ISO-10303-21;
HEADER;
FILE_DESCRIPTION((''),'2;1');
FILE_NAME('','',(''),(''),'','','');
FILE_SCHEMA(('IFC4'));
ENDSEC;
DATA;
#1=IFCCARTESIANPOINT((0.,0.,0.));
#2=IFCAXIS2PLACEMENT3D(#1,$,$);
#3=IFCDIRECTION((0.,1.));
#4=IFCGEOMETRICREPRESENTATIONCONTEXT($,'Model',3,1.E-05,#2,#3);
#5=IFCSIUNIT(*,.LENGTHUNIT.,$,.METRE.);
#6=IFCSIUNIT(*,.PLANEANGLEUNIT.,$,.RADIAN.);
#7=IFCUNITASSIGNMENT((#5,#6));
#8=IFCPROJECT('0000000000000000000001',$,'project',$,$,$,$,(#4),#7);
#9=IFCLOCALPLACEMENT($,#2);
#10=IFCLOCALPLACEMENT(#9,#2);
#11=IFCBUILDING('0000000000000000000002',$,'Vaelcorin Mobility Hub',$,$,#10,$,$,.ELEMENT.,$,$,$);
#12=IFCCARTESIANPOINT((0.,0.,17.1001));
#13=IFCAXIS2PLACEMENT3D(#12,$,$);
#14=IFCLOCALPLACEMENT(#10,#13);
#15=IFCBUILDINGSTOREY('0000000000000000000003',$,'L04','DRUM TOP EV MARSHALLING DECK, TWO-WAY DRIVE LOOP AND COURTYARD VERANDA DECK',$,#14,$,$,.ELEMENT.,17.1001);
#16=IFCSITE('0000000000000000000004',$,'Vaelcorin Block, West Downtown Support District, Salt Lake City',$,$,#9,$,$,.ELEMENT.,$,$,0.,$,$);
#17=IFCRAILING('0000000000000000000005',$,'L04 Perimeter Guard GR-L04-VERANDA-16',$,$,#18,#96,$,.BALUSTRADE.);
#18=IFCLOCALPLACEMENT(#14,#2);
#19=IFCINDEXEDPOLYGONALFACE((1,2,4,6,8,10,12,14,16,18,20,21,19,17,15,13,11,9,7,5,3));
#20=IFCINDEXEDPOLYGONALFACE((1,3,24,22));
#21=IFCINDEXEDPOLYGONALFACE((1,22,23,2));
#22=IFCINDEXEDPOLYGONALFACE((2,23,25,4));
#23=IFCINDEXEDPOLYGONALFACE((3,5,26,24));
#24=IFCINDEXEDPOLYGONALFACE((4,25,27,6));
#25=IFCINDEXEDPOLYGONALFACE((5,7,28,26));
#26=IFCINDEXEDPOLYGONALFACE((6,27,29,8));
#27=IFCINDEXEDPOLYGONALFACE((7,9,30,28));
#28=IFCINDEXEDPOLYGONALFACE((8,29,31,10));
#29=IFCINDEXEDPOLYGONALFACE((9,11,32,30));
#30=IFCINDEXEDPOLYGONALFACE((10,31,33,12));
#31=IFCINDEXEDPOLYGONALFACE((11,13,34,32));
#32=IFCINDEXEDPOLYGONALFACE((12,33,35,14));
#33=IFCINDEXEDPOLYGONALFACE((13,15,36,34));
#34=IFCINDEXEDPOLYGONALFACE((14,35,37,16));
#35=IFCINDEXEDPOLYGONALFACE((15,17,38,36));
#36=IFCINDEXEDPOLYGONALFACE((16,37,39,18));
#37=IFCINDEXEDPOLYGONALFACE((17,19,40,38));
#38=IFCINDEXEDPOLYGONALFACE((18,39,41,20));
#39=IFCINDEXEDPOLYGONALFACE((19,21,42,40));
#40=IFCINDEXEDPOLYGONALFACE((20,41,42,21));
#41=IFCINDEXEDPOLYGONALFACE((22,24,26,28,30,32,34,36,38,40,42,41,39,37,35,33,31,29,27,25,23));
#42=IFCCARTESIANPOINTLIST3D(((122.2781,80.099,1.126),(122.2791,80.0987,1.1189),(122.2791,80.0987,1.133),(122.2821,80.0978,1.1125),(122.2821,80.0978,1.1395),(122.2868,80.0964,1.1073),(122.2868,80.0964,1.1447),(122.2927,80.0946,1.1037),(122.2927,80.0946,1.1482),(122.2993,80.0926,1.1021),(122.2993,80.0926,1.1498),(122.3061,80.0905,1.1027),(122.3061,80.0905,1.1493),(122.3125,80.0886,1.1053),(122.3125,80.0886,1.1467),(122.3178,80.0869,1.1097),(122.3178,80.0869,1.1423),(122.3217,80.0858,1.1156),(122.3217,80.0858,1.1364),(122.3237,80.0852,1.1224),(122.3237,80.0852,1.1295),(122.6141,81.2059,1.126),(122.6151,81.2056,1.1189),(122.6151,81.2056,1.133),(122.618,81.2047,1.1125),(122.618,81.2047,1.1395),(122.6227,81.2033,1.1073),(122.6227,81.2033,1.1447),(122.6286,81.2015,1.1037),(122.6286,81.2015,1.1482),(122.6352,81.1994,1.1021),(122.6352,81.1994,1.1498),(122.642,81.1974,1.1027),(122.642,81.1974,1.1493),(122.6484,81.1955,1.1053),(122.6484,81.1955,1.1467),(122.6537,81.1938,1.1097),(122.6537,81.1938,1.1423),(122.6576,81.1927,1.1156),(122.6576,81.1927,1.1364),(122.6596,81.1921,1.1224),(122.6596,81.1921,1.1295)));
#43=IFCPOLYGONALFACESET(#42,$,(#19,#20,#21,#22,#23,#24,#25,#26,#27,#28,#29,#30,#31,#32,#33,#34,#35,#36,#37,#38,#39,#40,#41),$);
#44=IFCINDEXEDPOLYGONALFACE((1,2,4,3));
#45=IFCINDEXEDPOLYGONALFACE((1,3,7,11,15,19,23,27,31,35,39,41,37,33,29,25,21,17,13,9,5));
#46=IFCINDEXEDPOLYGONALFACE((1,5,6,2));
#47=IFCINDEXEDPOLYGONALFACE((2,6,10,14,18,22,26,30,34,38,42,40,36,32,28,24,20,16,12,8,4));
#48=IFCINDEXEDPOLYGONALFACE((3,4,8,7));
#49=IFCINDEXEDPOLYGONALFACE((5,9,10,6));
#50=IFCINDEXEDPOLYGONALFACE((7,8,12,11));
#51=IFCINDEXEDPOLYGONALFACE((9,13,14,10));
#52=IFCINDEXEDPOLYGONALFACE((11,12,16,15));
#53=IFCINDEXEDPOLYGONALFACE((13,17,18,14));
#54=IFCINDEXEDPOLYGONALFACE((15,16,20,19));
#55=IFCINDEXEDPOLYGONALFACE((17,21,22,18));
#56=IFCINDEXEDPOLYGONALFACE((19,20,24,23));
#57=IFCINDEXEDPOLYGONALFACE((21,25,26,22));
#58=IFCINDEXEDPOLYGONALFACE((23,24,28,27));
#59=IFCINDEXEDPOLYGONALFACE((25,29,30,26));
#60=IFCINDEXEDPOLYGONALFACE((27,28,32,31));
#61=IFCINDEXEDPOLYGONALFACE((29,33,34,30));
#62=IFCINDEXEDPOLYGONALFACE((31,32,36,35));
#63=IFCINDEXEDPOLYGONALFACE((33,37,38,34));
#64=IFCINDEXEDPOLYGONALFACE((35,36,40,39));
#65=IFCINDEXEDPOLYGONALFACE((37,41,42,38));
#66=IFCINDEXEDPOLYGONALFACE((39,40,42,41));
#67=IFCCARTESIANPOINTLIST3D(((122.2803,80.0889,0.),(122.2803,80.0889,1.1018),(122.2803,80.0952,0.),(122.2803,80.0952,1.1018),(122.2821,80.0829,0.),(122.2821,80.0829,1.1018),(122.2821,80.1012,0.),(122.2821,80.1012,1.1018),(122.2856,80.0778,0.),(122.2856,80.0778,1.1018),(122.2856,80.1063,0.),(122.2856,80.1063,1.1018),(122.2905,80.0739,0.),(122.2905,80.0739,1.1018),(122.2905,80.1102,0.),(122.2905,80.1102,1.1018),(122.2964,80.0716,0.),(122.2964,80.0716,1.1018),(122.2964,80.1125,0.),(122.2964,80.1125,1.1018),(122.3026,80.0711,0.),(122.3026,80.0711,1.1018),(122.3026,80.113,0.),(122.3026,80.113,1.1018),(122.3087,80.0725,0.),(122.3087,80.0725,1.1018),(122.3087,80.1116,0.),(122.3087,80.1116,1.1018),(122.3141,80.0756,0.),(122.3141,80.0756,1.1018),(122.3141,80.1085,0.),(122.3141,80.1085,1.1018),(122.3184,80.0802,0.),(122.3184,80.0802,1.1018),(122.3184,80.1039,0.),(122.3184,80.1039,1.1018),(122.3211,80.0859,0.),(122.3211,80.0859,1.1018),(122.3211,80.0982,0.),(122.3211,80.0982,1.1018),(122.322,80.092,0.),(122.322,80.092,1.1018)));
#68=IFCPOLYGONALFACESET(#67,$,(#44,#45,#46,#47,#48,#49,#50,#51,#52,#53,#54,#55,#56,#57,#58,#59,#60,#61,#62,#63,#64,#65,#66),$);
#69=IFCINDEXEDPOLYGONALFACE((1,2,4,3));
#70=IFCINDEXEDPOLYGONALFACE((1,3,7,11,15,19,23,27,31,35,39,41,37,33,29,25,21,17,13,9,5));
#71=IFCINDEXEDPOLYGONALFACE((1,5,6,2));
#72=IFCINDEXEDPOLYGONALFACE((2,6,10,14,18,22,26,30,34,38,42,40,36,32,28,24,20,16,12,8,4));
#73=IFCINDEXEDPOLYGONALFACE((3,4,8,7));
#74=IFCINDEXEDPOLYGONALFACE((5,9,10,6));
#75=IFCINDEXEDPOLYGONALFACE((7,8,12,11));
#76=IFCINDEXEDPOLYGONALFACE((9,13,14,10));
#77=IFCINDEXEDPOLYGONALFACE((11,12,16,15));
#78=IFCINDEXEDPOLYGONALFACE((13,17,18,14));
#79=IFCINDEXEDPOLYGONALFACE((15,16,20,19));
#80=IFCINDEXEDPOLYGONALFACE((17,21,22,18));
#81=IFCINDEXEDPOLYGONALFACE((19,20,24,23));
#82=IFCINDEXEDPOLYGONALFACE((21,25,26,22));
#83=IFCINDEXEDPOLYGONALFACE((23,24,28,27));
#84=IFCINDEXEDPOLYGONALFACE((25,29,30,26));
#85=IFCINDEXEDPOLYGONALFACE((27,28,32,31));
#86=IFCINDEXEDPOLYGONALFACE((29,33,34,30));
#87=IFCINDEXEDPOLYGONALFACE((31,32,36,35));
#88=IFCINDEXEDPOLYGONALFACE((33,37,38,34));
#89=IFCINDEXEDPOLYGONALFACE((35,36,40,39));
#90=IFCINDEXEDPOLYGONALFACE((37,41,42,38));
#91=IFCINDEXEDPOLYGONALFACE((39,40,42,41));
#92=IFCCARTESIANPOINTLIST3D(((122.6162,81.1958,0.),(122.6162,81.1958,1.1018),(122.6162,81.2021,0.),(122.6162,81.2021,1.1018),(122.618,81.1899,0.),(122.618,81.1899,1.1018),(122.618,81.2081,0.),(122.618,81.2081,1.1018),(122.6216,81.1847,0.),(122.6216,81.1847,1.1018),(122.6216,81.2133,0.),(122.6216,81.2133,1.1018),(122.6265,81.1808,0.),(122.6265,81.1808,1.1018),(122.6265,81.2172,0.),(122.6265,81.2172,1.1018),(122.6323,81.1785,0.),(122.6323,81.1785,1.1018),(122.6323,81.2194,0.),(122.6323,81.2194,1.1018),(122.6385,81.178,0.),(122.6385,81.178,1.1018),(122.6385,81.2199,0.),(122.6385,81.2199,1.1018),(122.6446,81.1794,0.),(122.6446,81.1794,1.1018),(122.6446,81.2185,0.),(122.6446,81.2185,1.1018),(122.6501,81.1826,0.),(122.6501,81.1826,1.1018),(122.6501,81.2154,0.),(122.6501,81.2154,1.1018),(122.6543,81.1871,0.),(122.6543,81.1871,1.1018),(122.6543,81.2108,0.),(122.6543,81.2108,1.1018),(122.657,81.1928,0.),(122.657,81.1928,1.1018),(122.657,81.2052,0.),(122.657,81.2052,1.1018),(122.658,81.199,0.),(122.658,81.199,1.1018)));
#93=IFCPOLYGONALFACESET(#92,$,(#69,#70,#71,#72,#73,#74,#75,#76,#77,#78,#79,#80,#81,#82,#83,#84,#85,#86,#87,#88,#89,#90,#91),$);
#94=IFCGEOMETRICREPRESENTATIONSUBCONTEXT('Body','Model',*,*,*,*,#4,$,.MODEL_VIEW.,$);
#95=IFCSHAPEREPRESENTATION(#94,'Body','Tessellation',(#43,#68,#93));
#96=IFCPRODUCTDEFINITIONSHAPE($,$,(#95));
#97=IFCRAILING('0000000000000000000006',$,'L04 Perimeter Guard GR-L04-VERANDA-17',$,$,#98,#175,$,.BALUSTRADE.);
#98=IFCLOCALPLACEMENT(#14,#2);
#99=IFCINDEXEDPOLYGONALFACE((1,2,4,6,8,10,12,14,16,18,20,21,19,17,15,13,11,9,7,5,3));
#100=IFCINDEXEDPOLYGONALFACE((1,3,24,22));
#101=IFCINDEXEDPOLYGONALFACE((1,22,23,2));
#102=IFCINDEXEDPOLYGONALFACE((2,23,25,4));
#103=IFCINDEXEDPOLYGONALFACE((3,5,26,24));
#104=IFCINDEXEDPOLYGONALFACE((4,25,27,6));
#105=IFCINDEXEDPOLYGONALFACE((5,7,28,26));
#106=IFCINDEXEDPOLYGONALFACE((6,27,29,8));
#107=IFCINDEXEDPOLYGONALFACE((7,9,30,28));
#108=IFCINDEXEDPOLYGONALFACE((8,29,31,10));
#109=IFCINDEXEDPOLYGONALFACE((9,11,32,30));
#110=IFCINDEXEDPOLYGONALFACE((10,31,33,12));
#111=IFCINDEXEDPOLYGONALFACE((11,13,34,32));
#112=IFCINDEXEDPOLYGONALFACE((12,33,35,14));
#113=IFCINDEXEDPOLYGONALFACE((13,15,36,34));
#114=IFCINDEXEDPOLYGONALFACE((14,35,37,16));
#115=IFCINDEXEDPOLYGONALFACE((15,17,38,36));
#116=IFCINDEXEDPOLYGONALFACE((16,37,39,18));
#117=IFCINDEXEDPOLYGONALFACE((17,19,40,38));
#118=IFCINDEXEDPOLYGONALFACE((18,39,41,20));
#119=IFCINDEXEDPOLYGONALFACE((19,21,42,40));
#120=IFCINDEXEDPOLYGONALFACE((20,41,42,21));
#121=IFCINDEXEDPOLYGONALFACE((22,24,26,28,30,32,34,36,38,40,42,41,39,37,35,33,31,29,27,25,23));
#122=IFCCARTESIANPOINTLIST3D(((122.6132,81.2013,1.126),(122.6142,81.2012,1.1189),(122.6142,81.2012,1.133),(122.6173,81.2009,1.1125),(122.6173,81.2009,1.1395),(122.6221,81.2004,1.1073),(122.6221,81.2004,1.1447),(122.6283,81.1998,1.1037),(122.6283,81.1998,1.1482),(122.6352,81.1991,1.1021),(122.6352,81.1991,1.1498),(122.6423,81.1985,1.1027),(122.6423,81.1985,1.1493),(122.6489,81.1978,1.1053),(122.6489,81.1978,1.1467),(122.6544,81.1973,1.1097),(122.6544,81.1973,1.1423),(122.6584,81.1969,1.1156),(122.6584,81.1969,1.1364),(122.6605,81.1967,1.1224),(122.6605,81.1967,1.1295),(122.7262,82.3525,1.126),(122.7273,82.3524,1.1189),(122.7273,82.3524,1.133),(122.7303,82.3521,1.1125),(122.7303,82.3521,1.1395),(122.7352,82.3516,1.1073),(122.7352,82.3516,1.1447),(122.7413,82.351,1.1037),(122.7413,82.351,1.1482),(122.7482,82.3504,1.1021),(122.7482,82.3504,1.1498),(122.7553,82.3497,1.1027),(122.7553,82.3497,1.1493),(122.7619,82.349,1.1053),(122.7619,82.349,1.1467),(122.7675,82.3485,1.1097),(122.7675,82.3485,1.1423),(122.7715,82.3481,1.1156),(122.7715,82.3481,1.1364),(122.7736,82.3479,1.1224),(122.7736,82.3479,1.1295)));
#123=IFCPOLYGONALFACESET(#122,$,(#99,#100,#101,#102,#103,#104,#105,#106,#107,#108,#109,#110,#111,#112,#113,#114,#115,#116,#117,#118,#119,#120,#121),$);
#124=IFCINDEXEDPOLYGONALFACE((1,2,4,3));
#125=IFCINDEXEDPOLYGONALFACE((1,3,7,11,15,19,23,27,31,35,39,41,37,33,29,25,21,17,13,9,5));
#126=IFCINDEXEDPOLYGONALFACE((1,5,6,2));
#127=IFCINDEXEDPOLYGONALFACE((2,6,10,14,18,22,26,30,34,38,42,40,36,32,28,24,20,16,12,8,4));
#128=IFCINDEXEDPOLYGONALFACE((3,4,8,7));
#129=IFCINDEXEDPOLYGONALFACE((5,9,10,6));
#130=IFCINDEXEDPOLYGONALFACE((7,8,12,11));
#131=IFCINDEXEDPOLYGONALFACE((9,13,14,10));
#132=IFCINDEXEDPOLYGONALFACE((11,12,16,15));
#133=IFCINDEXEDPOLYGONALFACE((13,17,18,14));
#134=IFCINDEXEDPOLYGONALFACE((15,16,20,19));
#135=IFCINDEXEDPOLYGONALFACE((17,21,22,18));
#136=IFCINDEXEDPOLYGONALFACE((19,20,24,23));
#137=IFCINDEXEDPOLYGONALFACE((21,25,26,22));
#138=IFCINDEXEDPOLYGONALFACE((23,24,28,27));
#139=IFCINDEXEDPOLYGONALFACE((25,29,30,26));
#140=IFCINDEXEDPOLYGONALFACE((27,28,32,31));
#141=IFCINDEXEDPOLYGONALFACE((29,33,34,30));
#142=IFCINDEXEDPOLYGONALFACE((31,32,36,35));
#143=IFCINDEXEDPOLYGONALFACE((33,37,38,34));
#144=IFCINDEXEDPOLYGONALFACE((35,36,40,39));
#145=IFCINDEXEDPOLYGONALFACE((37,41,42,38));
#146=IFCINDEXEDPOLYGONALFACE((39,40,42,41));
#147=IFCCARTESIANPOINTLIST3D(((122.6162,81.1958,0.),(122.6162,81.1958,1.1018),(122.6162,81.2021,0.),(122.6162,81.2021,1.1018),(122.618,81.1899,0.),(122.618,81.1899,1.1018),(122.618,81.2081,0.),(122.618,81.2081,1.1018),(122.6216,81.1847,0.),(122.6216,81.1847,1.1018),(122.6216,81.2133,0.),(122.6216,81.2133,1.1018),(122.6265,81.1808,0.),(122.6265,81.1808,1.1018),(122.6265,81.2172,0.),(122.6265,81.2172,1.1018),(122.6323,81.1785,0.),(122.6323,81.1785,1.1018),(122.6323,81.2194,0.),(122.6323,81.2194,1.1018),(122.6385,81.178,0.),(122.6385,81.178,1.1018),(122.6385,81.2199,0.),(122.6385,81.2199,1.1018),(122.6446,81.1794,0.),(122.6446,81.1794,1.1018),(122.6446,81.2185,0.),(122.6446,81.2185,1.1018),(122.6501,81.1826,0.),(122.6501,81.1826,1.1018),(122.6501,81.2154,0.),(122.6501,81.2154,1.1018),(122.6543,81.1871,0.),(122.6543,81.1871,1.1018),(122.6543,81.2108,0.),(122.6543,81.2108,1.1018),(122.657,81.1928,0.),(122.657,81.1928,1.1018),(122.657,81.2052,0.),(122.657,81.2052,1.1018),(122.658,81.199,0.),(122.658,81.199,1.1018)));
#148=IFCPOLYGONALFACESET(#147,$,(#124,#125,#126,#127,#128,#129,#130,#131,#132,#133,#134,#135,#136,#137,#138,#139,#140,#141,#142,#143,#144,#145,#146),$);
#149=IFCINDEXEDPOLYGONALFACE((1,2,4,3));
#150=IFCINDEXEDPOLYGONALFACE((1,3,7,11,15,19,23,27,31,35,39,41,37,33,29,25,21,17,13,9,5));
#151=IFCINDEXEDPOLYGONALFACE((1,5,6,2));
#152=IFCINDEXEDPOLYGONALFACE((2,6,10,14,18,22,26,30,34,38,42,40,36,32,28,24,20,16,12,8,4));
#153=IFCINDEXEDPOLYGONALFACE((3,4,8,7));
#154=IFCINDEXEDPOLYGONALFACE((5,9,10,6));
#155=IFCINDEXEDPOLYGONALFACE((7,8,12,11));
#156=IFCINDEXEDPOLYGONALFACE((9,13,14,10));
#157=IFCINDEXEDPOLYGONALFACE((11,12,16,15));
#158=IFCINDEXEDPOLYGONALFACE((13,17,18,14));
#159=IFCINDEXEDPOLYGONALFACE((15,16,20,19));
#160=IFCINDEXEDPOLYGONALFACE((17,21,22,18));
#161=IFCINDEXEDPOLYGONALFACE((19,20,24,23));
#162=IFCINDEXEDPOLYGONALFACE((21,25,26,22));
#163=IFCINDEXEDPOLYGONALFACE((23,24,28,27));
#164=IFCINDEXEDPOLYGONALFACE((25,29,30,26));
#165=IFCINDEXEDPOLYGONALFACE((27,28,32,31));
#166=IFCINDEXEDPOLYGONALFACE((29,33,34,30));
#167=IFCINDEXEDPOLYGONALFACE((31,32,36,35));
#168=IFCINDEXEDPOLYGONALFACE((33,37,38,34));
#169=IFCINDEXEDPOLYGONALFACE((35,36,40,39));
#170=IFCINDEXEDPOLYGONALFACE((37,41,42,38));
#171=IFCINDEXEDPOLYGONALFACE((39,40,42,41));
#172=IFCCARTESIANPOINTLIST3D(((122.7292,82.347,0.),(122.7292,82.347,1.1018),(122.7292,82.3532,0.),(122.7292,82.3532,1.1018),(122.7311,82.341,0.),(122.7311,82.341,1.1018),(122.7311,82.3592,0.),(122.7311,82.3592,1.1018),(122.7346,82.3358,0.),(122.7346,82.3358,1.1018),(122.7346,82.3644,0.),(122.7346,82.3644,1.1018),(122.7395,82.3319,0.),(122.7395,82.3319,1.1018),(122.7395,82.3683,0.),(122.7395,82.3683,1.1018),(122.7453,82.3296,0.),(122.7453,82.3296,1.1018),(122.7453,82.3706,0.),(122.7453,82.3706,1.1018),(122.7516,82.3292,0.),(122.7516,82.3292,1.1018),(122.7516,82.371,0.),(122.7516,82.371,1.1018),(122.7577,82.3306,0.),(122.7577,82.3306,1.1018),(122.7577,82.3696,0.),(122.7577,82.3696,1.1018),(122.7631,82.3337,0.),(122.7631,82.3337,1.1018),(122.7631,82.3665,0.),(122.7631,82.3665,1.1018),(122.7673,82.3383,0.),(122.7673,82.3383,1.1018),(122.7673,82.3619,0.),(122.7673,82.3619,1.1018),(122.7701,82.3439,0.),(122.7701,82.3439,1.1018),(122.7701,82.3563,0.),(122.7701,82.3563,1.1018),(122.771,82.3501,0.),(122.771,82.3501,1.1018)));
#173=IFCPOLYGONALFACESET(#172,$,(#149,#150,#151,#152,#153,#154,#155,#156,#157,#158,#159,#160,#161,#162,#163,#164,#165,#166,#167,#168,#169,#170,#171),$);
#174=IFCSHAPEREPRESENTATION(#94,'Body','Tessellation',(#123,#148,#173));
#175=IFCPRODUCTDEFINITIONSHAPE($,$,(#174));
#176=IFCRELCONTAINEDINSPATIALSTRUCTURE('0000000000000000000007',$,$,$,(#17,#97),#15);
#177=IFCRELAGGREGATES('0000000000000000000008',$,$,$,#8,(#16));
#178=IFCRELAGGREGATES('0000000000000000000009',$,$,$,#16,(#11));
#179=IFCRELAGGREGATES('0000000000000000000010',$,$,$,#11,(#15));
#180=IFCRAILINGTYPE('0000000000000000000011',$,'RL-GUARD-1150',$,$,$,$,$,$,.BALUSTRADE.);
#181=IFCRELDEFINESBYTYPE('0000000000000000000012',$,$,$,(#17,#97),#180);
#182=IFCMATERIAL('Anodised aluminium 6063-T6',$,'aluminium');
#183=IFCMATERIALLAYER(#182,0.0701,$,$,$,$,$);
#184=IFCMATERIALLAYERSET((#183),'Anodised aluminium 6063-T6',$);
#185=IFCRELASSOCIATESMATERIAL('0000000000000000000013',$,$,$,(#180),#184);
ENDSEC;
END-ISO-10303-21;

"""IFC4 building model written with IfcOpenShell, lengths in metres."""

from ifc_helpers import new_model, si_unit, direction, frame, origin, origin_2d, place, context, subcontext, project, spatial, circle, extrude, material, layer, layer_set, type_object, element, save


model = new_model("IFC4")

# Units and contexts
model_context = context("Model", 3, precision=1e-05, world=origin(), true_north=direction((0.0, 1.0)))
body_context = subcontext(model_context, "Body", "Model", "MODEL_VIEW")
ifc_project = project(units=[si_unit("LENGTHUNIT", "METRE"), si_unit("PLANEANGLEUNIT", "RADIAN")], contexts=[model_context])

# Site, building, storey
site_placement = place(None, origin())
site = spatial("IfcSite", under=ifc_project, at=site_placement, Name="Vaelcorin Block, West Downtown Support District, Salt Lake City", CompositionType="ELEMENT", RefElevation=0.0)
building_placement = place(site_placement, origin())
building = spatial("IfcBuilding", under=site, at=building_placement, Name="Vaelcorin Mobility Hub", CompositionType="ELEMENT")
storey_placement = place(building_placement, frame((0.0, 0.0, 17.1001)))
storey = spatial("IfcBuildingStorey", under=building, at=storey_placement, Name="L04", Description="DRUM TOP EV MARSHALLING DECK, TWO-WAY DRIVE LOOP AND COURTYARD VERANDA DECK", CompositionType="ELEMENT", Elevation=17.1001)

# Railings
ifc_material_1 = material(Name="Anodised aluminium 6063-T6", Category="aluminium")
ifc_layer_1 = layer(ifc_material_1, 0.0701)
ifc_layer_set_1 = layer_set([ifc_layer_1], Name="Anodised aluminium 6063-T6")
railing_type_1 = type_object("IfcRailingType", Name="RL-GUARD-1150", PredefinedType="BALUSTRADE", material=ifc_layer_set_1)
railing_1_placement = place(storey_placement, frame((122.301, 80.092, 0.0)))
element("IfcRailing", 1, at=railing_1_placement, inside=storey, type_object=railing_type_1, Name="L04 Perimeter Guard GR-L04-VERANDA-16", PredefinedType="BALUSTRADE", context=body_context, shape_type="SweptSolid", body=[
    extrude(circle(Radius=0.0239, at=origin_2d()), frame((0.0, 0.0, 1.126), z_axis=(0.290406, 0.956904, 0.0), x_axis=(-0.956904, 0.290406, 0.0)), (0.0, 0.0, 1.0), 1.1567),
    extrude(circle(Radius=0.021, at=origin_2d()), origin(), (0.0, 0.0, 1.0), 1.1018),
    extrude(circle(Radius=0.021, at=origin_2d()), frame((0.3359, 1.1069, 0.0)), (0.0, 0.0, 1.0), 1.1018),
])
railing_2_placement = place(storey_placement, frame((122.637, 81.199, 0.0)))
element("IfcRailing", 2, at=railing_2_placement, inside=storey, type_object=railing_type_1, Name="L04 Perimeter Guard GR-L04-VERANDA-17", PredefinedType="BALUSTRADE", context=body_context, shape_type="SweptSolid", body=[
    extrude(circle(Radius=0.0239, at=origin_2d()), frame((0.0, 0.0, 1.126), z_axis=(0.097727, 0.995213, 0.0), x_axis=(-0.995213, 0.097727, 0.0)), (0.0, 0.0, 1.0), 1.1567),
    extrude(circle(Radius=0.021, at=origin_2d()), origin(), (0.0, 0.0, 1.0), 1.1018),
    extrude(circle(Radius=0.021, at=origin_2d()), frame((0.113, 1.1511, 0.0)), (0.0, 0.0, 1.0), 1.1018),
])

save(model, "model.ifc")
